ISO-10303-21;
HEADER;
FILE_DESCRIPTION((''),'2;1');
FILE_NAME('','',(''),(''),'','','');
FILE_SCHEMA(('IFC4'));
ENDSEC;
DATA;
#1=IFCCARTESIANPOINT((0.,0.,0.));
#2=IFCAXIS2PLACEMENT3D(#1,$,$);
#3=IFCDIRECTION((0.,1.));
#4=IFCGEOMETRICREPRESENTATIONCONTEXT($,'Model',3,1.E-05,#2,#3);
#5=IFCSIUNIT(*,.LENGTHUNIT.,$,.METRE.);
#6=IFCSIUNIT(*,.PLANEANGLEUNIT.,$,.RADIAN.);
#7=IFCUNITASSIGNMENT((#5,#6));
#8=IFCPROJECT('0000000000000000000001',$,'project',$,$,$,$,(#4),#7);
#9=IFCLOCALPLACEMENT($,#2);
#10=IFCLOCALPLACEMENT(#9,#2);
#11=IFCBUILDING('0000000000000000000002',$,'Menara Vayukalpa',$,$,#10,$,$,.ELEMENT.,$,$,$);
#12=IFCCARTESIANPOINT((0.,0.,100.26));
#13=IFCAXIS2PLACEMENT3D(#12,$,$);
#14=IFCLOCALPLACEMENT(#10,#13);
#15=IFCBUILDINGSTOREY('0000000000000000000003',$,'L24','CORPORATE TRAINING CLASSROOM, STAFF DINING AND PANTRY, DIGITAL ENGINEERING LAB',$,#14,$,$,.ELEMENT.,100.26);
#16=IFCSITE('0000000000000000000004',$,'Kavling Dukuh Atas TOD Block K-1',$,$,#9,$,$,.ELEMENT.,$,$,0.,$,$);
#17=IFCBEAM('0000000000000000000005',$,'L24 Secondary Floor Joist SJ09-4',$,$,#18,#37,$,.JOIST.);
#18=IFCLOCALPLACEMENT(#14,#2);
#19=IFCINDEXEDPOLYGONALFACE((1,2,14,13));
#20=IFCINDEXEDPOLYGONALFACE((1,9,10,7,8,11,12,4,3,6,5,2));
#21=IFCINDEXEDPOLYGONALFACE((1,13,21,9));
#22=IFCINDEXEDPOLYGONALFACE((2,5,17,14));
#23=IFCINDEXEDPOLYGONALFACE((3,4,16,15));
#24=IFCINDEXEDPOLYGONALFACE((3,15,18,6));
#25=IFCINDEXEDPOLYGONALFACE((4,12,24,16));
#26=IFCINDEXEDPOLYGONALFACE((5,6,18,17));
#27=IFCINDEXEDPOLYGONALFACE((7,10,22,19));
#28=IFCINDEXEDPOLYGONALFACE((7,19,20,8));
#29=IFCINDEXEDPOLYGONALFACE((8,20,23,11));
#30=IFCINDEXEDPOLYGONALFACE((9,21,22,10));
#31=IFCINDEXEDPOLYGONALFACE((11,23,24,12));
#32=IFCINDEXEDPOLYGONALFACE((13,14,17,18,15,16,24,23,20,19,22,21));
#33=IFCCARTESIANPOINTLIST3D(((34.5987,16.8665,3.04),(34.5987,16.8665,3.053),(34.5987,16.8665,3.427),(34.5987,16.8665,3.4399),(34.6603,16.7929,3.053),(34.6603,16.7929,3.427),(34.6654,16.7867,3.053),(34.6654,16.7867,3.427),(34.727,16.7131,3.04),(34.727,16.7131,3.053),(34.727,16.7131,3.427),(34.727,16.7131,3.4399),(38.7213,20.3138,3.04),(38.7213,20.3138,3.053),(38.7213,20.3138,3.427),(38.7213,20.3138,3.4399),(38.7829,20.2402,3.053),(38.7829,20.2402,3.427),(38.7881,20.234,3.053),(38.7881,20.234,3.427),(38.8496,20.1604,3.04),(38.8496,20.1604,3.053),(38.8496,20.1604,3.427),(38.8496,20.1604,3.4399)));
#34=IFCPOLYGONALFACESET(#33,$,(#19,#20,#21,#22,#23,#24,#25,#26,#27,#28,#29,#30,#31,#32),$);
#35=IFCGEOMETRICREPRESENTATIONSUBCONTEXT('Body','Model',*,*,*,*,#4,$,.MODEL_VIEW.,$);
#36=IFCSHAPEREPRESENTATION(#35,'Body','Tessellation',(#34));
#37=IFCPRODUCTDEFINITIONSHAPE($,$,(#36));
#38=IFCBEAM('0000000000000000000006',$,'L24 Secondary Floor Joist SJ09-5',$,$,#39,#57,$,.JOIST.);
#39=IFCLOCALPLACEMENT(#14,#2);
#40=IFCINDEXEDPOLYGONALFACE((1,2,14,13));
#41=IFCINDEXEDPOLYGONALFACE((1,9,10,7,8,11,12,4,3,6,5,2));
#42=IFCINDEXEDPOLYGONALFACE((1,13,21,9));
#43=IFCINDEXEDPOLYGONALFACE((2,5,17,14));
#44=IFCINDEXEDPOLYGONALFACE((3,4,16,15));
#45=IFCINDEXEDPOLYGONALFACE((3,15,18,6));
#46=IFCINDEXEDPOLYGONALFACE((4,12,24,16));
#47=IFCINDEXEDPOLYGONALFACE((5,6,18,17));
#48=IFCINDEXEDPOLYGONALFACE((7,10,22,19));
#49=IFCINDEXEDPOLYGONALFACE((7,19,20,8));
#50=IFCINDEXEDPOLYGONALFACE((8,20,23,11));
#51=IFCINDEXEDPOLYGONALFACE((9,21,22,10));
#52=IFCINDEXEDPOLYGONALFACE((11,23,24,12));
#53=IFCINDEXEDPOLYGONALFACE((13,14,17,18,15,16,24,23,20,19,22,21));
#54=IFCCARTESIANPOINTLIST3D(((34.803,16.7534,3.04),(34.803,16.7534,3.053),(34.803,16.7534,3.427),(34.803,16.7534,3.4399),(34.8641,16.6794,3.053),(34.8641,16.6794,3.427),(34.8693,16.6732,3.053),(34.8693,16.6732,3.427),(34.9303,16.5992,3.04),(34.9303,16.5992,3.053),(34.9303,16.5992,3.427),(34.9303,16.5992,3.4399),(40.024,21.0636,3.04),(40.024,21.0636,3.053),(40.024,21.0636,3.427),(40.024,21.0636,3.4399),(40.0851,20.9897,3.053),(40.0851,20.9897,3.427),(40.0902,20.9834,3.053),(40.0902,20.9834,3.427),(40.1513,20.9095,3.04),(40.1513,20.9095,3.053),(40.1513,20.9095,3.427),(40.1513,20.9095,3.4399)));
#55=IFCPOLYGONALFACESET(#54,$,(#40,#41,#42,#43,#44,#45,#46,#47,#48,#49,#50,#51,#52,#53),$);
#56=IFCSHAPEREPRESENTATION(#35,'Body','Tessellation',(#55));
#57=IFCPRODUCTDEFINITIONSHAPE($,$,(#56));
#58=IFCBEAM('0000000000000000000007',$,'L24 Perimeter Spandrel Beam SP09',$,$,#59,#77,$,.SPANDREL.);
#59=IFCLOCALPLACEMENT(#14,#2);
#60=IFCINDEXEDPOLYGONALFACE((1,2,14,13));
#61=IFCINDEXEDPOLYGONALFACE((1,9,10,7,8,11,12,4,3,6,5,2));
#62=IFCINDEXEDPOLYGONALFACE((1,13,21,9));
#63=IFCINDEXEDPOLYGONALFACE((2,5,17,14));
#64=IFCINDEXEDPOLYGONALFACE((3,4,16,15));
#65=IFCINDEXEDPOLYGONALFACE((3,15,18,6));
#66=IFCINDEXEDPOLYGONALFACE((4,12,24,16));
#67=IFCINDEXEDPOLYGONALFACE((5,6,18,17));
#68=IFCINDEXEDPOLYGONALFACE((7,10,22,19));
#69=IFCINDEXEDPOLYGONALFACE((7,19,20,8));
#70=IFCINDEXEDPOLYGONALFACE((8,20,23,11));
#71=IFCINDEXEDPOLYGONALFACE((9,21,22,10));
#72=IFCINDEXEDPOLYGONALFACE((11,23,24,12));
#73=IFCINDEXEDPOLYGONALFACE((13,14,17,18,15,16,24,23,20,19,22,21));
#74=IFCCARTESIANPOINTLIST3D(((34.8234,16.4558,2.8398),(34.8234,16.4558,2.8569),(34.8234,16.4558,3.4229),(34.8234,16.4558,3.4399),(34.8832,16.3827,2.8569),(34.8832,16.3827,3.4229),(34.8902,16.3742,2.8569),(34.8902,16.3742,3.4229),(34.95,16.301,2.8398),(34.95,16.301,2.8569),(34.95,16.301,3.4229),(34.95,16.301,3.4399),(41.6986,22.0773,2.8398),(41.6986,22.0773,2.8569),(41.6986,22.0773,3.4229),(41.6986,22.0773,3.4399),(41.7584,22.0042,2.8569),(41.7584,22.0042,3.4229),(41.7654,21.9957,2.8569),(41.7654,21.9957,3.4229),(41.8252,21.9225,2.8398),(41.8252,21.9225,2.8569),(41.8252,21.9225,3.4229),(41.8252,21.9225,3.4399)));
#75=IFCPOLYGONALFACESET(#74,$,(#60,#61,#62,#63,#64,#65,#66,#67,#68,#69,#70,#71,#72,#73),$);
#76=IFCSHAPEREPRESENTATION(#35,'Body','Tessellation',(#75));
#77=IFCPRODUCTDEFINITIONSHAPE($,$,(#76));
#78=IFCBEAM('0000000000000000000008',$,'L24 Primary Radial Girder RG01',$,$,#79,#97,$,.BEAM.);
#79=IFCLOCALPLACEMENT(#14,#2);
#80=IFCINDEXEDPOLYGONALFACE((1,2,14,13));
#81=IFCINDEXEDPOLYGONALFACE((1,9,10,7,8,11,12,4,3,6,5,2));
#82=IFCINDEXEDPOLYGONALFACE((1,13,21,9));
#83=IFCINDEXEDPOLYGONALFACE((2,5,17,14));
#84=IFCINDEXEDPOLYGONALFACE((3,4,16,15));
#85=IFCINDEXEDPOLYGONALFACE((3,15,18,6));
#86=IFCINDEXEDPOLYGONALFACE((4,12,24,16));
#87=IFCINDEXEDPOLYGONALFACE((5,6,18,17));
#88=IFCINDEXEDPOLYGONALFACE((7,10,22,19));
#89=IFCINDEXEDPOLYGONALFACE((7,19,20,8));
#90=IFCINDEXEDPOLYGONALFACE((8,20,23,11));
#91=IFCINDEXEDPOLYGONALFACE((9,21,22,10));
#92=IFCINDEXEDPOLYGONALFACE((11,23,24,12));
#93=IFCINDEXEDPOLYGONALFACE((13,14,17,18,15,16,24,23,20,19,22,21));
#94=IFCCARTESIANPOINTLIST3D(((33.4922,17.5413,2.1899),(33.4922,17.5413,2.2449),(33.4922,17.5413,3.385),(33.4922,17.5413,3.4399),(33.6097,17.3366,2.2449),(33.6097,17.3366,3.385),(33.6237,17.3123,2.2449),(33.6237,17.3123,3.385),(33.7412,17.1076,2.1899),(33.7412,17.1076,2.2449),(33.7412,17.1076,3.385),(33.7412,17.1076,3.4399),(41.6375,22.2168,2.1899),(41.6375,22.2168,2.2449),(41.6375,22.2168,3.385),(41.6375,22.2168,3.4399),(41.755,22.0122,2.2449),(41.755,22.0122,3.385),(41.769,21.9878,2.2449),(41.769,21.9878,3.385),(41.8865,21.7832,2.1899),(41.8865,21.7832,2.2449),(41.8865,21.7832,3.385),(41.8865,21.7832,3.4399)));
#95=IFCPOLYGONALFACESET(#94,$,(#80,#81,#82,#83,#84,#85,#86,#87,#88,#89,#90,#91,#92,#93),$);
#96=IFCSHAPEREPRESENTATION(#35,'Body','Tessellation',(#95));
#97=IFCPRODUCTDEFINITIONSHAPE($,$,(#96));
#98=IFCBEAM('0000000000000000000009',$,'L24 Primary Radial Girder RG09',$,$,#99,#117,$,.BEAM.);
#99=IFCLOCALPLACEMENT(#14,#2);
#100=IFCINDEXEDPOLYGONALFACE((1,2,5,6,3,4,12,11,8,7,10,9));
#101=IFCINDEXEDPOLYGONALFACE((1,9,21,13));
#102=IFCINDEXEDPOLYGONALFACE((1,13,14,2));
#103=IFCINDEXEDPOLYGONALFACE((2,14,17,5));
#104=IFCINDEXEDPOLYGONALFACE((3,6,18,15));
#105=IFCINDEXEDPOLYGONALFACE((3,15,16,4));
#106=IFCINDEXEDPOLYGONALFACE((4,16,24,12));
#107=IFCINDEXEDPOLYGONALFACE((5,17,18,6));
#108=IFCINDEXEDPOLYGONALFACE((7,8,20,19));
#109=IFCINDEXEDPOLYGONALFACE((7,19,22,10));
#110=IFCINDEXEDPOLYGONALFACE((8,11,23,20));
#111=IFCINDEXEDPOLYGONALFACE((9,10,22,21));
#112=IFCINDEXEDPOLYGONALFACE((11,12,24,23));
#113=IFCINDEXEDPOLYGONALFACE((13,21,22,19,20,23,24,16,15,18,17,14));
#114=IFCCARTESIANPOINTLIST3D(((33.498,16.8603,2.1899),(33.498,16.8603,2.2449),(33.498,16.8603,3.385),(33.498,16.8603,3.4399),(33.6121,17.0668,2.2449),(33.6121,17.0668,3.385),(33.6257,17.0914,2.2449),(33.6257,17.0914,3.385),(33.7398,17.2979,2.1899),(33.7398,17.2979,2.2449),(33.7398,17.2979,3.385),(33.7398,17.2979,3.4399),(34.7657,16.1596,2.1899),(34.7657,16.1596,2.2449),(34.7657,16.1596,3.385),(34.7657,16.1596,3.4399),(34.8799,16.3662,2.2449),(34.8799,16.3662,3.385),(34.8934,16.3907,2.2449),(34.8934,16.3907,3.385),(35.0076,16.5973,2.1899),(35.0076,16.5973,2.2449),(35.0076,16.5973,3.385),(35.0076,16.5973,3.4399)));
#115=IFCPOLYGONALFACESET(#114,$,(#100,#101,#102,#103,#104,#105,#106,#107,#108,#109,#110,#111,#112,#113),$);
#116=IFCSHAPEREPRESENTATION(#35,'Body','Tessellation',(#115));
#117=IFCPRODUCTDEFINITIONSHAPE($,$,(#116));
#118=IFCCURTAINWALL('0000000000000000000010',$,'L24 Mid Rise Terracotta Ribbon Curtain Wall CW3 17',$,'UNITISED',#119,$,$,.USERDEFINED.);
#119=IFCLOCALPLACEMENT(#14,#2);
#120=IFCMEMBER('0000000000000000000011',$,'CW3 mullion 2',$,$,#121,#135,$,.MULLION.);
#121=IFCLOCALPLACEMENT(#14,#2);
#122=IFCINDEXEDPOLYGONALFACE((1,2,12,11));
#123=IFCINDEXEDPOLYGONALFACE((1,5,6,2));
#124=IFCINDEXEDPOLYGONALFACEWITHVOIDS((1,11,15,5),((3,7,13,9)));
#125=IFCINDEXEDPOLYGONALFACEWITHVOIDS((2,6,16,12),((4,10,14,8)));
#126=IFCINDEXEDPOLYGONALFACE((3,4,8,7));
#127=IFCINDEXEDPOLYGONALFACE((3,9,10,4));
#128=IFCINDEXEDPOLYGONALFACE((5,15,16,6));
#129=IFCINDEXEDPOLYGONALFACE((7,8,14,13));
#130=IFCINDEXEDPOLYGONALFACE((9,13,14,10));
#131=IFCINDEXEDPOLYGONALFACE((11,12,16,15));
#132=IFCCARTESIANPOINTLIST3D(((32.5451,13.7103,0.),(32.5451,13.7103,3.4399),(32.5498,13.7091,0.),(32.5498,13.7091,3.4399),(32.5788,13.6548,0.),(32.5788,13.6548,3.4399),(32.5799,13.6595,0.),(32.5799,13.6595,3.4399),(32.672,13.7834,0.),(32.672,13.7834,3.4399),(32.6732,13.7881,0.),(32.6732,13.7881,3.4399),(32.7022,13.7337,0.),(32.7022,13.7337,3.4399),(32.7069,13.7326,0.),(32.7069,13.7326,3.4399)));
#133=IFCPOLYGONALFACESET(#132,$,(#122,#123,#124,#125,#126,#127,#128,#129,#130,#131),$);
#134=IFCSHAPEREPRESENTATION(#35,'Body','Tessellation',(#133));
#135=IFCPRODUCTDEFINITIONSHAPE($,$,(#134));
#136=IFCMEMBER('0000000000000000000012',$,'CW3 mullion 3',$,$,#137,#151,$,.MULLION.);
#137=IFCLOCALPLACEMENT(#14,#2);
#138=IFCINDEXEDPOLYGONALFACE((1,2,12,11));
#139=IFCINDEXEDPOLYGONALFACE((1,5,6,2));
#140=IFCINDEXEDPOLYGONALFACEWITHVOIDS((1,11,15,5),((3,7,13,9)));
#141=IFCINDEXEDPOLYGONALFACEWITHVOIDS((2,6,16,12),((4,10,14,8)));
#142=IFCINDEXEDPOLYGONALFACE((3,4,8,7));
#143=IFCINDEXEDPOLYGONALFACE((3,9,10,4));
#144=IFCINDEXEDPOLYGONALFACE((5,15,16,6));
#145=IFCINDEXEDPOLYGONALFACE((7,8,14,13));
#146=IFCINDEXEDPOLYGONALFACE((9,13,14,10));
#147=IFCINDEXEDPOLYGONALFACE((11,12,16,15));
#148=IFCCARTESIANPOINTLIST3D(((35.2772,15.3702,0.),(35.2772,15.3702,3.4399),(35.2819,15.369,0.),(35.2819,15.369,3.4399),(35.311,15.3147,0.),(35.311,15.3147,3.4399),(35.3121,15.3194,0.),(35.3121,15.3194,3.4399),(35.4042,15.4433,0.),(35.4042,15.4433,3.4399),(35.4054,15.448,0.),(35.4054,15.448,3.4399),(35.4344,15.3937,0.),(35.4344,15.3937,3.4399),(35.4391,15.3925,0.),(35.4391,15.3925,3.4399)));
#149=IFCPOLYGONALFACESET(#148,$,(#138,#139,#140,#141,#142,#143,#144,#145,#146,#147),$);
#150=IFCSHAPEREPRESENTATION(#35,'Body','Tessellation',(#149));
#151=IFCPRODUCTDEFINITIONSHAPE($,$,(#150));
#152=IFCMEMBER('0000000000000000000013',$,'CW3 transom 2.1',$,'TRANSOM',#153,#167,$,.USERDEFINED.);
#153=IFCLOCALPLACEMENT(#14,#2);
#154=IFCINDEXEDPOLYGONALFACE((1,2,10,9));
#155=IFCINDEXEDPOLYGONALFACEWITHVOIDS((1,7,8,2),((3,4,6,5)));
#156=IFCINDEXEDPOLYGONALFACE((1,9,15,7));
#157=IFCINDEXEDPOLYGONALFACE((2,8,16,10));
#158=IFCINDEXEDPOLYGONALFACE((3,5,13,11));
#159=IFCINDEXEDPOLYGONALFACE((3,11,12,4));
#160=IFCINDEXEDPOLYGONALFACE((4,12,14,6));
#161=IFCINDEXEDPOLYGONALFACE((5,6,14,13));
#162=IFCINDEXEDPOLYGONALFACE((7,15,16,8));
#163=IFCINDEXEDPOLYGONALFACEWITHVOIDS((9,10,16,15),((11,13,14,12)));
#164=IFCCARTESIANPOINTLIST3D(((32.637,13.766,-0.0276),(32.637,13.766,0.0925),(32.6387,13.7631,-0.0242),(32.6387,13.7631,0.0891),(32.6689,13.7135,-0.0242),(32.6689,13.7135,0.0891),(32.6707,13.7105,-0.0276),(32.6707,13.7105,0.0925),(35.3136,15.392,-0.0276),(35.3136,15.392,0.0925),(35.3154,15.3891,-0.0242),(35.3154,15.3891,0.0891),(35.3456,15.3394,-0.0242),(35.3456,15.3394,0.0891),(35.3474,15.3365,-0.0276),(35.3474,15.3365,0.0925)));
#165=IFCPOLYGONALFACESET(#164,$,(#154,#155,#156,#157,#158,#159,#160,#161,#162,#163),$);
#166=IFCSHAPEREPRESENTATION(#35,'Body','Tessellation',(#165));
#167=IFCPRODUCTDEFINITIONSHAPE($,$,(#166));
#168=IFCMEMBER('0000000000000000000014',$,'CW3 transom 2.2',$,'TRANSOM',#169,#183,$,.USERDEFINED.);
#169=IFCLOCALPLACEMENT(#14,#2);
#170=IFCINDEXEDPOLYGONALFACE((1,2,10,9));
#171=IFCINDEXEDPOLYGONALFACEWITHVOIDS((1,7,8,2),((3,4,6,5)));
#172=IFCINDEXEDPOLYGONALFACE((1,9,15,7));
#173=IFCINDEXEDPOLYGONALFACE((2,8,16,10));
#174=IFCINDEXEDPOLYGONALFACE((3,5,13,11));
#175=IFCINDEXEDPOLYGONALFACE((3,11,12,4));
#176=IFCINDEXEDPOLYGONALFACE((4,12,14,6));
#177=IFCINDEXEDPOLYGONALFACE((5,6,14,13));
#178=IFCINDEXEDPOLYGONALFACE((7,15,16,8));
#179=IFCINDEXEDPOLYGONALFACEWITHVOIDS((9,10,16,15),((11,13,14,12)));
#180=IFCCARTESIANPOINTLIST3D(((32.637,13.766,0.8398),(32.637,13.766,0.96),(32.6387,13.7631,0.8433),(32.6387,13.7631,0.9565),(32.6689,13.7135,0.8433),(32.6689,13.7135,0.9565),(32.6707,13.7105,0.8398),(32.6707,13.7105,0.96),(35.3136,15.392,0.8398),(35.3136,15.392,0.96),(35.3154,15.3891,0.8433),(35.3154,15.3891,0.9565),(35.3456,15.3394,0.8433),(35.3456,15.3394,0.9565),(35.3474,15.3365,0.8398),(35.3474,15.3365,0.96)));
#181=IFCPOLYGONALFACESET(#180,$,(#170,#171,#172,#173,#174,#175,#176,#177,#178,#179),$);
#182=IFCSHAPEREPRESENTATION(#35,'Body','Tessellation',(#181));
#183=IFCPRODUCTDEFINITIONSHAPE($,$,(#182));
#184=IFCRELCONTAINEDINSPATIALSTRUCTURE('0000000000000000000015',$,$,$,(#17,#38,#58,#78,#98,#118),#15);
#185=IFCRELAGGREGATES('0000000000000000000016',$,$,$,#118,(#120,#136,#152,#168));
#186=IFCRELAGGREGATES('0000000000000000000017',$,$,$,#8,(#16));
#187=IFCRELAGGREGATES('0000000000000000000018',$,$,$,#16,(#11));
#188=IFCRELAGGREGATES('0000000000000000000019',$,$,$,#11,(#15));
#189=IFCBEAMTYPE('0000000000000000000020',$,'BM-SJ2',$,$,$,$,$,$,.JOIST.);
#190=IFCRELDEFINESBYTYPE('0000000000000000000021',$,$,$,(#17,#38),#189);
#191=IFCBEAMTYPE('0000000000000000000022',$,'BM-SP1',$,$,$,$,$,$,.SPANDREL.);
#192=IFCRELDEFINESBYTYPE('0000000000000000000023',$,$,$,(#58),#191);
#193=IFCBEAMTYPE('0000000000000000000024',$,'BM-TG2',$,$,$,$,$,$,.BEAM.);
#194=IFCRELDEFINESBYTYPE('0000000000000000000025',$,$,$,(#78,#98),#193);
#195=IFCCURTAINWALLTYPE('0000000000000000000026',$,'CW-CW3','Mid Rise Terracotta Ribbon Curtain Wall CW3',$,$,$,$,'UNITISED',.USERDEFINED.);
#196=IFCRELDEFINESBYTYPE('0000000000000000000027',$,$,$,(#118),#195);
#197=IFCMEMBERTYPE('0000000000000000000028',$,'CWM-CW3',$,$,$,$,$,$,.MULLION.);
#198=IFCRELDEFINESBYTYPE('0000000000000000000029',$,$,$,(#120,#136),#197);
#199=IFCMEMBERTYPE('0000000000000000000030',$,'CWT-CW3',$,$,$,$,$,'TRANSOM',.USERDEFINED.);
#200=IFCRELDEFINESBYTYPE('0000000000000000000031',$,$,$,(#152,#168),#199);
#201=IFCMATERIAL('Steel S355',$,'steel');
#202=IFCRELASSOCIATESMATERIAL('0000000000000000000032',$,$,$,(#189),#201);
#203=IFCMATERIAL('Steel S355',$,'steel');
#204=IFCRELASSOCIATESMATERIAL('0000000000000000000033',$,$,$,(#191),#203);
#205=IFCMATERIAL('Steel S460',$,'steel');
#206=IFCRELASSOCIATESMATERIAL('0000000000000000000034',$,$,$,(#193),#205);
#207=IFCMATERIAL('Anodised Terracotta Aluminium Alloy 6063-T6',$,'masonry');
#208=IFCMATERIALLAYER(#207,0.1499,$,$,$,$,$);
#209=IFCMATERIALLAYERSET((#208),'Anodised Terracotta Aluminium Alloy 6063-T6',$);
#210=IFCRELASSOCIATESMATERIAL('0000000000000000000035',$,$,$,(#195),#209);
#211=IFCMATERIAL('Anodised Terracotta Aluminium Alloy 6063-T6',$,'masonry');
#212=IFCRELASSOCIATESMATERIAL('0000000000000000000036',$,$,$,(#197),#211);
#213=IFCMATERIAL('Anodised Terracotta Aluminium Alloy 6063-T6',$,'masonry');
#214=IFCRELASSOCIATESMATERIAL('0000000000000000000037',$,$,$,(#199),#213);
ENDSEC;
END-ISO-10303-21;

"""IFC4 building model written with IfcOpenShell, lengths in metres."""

from ifc_helpers import new_model, si_unit, direction, frame, origin, origin_2d, place, context, subcontext, project, spatial, hollow_rectangle, i_section, extrude, material, layer, layer_set, material_profile, profile_set, type_object, element, aggregate, save


model = new_model("IFC4")

# Units and contexts
model_context = context("Model", 3, precision=1e-05, world=origin(), true_north=direction((0.0, 1.0)))
body_context = subcontext(model_context, "Body", "Model", "MODEL_VIEW")
ifc_project = project(units=[si_unit("LENGTHUNIT", "METRE"), si_unit("PLANEANGLEUNIT", "RADIAN")], contexts=[model_context])

# Site, building, storey
site_placement = place(None, origin())
site = spatial("IfcSite", under=ifc_project, at=site_placement, Name="Kavling Dukuh Atas TOD Block K-1", CompositionType="ELEMENT", RefElevation=0.0)
building_placement = place(site_placement, origin())
building = spatial("IfcBuilding", under=site, at=building_placement, Name="Menara Vayukalpa", CompositionType="ELEMENT")
storey_placement = place(building_placement, frame((0.0, 0.0, 100.26)))
storey = spatial("IfcBuildingStorey", under=building, at=storey_placement, Name="L24", Description="CORPORATE TRAINING CLASSROOM, STAFF DINING AND PANTRY, DIGITAL ENGINEERING LAB", CompositionType="ELEMENT", Elevation=100.26)

# Beams
ifc_material_1 = material(Name="Steel S355", Category="steel")
ifc_material_profile_1 = material_profile(ifc_material_1, i_section(OverallWidth=0.2, OverallDepth=0.3999, WebThickness=0.0081, FlangeThickness=0.0129, at=origin_2d()), Name="WF 400x200x8x13")
ifc_profile_set_1 = profile_set([ifc_material_profile_1], Name="Steel S355")
beam_type_1 = type_object("IfcBeamType", Name="BM-SJ2", PredefinedType="JOIST", material=ifc_profile_set_1)
beam_1_placement = place(storey_placement, frame((34.6628, 16.7898, 3.24), z_axis=(0.76714, 0.641479, 0.0), x_axis=(-0.641479, 0.76714, 0.0)))
element("IfcBeam", 1, at=beam_1_placement, inside=storey, type_object=beam_type_1, Name="L24 Secondary Floor Joist SJ09-4", PredefinedType="JOIST", context=body_context, shape_type="SweptSolid", body=[
    extrude(i_section(OverallWidth=0.2, OverallDepth=0.3999, WebThickness=0.0081, FlangeThickness=0.0129, at=origin_2d()), origin(), (0.0, 0.0, 1.0), 5.374),
])
beam_2_placement = place(storey_placement, frame((34.8667, 16.6763, 3.24), z_axis=(0.771154, 0.636648, 0.0), x_axis=(-0.636648, 0.771154, 0.0)))
element("IfcBeam", 2, at=beam_2_placement, inside=storey, type_object=beam_type_1, Name="L24 Secondary Floor Joist SJ09-5", PredefinedType="JOIST", context=body_context, shape_type="SweptSolid", body=[
    extrude(i_section(OverallWidth=0.2, OverallDepth=0.3999, WebThickness=0.0081, FlangeThickness=0.0129, at=origin_2d()), origin(), (0.0, 0.0, 1.0), 6.7703),
])
ifc_material_2 = material(Name="Steel S355", Category="steel")
ifc_material_profile_2 = material_profile(ifc_material_2, i_section(OverallWidth=0.2, OverallDepth=0.6001, WebThickness=0.011, FlangeThickness=0.0171, at=origin_2d()), Name="WF 600x200x11x17")
ifc_profile_set_2 = profile_set([ifc_material_profile_2], Name="Steel S355")
beam_type_2 = type_object("IfcBeamType", Name="BM-SP1", PredefinedType="SPANDREL", material=ifc_profile_set_2)
beam_3_placement = place(storey_placement, frame((34.8867, 16.3784, 3.1399), z_axis=(0.774157, 0.632994, 0.0), x_axis=(-0.632994, 0.774157, 0.0)))
element("IfcBeam", 3, at=beam_3_placement, inside=storey, type_object=beam_type_2, Name="L24 Perimeter Spandrel Beam SP09", PredefinedType="SPANDREL", context=body_context, shape_type="SweptSolid", body=[
    extrude(i_section(OverallWidth=0.2, OverallDepth=0.6001, WebThickness=0.011, FlangeThickness=0.0171, at=origin_2d()), origin(), (0.0, 0.0, 1.0), 8.8809),
])
ifc_material_3 = material(Name="Steel S460", Category="steel")
ifc_material_profile_3 = material_profile(ifc_material_3, i_section(OverallWidth=0.5, OverallDepth=1.25, WebThickness=0.0281, FlangeThickness=0.0549, at=origin_2d()), Name="WG 1250x500x28x55")
ifc_profile_set_3 = profile_set([ifc_material_profile_3], Name="Steel S460")
beam_type_3 = type_object("IfcBeamType", Name="BM-TG2", PredefinedType="BEAM", material=ifc_profile_set_3)
beam_4_placement = place(storey_placement, frame((33.6167, 17.3245, 2.8149), z_axis=(0.867274, 0.497832, 0.0), x_axis=(-0.497832, 0.867274, 0.0)))
element("IfcBeam", 4, at=beam_4_placement, inside=storey, type_object=beam_type_3, Name="L24 Primary Radial Girder RG01", PredefinedType="BEAM", context=body_context, shape_type="SweptSolid", body=[
    extrude(i_section(OverallWidth=0.5, OverallDepth=1.25, WebThickness=0.0281, FlangeThickness=0.0549, at=origin_2d()), origin(), (0.0, 0.0, 1.0), 9.3918),
])
beam_5_placement = place(storey_placement, frame((33.6189, 17.0791, 2.8149), z_axis=(0.875228, -0.48371, 0.0), x_axis=(0.48371, 0.875228, 0.0)))
element("IfcBeam", 5, at=beam_5_placement, inside=storey, type_object=beam_type_3, Name="L24 Primary Radial Girder RG09", PredefinedType="BEAM", context=body_context, shape_type="SweptSolid", body=[
    extrude(i_section(OverallWidth=0.5, OverallDepth=1.25, WebThickness=0.0281, FlangeThickness=0.0549, at=origin_2d()), origin(), (0.0, 0.0, 1.0), 1.4485),
])

# Curtain wall, members
ifc_material_4 = material(Name="Anodised Terracotta Aluminium Alloy 6063-T6", Category="masonry")
ifc_layer_1 = layer(ifc_material_4, 0.1499)
ifc_layer_set_1 = layer_set([ifc_layer_1], Name="Anodised Terracotta Aluminium Alloy 6063-T6")
curtain_wall_type = type_object("IfcCurtainWallType", Name="CW-CW3", Description="Mid Rise Terracotta Ribbon Curtain Wall CW3", ElementType="UNITISED", PredefinedType="USERDEFINED", material=ifc_layer_set_1)
curtain_wall_placement = place(storey_placement, origin())
curtain_wall = element("IfcCurtainWall", 6, at=curtain_wall_placement, inside=storey, type_object=curtain_wall_type, Name="L24 Mid Rise Terracotta Ribbon Curtain Wall CW3 17", ObjectType="UNITISED", PredefinedType="USERDEFINED")
ifc_material_5 = material(Name="Anodised Terracotta Aluminium Alloy 6063-T6", Category="masonry")
ifc_material_profile_4 = material_profile(ifc_material_5, hollow_rectangle(XDim=0.0649, YDim=0.1499, WallThickness=0.0034, at=origin_2d()), Name="ALU 65x150x3.5")
ifc_profile_set_4 = profile_set([ifc_material_profile_4], Name="Anodised Terracotta Aluminium Alloy 6063-T6")
member_type_1 = type_object("IfcMemberType", Name="CWM-CW3", PredefinedType="MULLION", material=ifc_profile_set_4)
member_1_placement = place(storey_placement, frame((32.626, 13.7214, 0.0), z_axis=(0.0, 0.0, 1.0), x_axis=(-0.519183, 0.854663, 0.0)))
member_1 = element("IfcMember", 7, at=member_1_placement, type_object=member_type_1, Name="CW3 mullion 2", PredefinedType="MULLION", context=body_context, shape_type="SweptSolid", body=[
    extrude(hollow_rectangle(XDim=0.0649, YDim=0.1499, WallThickness=0.0034, at=origin_2d()), origin(), (0.0, 0.0, 1.0), 3.4399),
])
member_2_placement = place(storey_placement, frame((35.3582, 15.3813, 0.0), z_axis=(0.0, 0.0, 1.0), x_axis=(-0.519183, 0.854663, 0.0)))
member_2 = element("IfcMember", 8, at=member_2_placement, type_object=member_type_1, Name="CW3 mullion 3", PredefinedType="MULLION", context=body_context, shape_type="SweptSolid", body=[
    extrude(hollow_rectangle(XDim=0.0649, YDim=0.1499, WallThickness=0.0034, at=origin_2d()), origin(), (0.0, 0.0, 1.0), 3.4399),
])
ifc_material_6 = material(Name="Anodised Terracotta Aluminium Alloy 6063-T6", Category="masonry")
ifc_material_profile_5 = material_profile(ifc_material_6, hollow_rectangle(XDim=0.0649, YDim=0.1201, WallThickness=0.0034, at=origin_2d()), Name="ALU 65x120x3.5")
ifc_profile_set_5 = profile_set([ifc_material_profile_5], Name="Anodised Terracotta Aluminium Alloy 6063-T6")
member_type_2 = type_object("IfcMemberType", Name="CWT-CW3", ElementType="TRANSOM", PredefinedType="USERDEFINED", material=ifc_profile_set_5)
member_3_placement = place(storey_placement, frame((32.6538, 13.7383, 0.0325), z_axis=(0.854674, 0.519165, 0.0), x_axis=(-0.519165, 0.854674, 0.0)))
member_3 = element("IfcMember", 9, at=member_3_placement, type_object=member_type_2, Name="CW3 transom 2.1", ObjectType="TRANSOM", PredefinedType="USERDEFINED", context=body_context, shape_type="SweptSolid", body=[
    extrude(hollow_rectangle(XDim=0.0649, YDim=0.1201, WallThickness=0.0034, at=origin_2d()), origin(), (0.0, 0.0, 1.0), 3.1318),
])
member_4_placement = place(storey_placement, frame((32.6538, 13.7383, 0.8999), z_axis=(0.854674, 0.519165, 0.0), x_axis=(-0.519165, 0.854674, 0.0)))
member_4 = element("IfcMember", 10, at=member_4_placement, type_object=member_type_2, Name="CW3 transom 2.2", ObjectType="TRANSOM", PredefinedType="USERDEFINED", context=body_context, shape_type="SweptSolid", body=[
    extrude(hollow_rectangle(XDim=0.0649, YDim=0.1201, WallThickness=0.0034, at=origin_2d()), origin(), (0.0, 0.0, 1.0), 3.1318),
])
aggregate(curtain_wall, [member_1, member_2, member_3, member_4])

save(model, "model.ifc")
